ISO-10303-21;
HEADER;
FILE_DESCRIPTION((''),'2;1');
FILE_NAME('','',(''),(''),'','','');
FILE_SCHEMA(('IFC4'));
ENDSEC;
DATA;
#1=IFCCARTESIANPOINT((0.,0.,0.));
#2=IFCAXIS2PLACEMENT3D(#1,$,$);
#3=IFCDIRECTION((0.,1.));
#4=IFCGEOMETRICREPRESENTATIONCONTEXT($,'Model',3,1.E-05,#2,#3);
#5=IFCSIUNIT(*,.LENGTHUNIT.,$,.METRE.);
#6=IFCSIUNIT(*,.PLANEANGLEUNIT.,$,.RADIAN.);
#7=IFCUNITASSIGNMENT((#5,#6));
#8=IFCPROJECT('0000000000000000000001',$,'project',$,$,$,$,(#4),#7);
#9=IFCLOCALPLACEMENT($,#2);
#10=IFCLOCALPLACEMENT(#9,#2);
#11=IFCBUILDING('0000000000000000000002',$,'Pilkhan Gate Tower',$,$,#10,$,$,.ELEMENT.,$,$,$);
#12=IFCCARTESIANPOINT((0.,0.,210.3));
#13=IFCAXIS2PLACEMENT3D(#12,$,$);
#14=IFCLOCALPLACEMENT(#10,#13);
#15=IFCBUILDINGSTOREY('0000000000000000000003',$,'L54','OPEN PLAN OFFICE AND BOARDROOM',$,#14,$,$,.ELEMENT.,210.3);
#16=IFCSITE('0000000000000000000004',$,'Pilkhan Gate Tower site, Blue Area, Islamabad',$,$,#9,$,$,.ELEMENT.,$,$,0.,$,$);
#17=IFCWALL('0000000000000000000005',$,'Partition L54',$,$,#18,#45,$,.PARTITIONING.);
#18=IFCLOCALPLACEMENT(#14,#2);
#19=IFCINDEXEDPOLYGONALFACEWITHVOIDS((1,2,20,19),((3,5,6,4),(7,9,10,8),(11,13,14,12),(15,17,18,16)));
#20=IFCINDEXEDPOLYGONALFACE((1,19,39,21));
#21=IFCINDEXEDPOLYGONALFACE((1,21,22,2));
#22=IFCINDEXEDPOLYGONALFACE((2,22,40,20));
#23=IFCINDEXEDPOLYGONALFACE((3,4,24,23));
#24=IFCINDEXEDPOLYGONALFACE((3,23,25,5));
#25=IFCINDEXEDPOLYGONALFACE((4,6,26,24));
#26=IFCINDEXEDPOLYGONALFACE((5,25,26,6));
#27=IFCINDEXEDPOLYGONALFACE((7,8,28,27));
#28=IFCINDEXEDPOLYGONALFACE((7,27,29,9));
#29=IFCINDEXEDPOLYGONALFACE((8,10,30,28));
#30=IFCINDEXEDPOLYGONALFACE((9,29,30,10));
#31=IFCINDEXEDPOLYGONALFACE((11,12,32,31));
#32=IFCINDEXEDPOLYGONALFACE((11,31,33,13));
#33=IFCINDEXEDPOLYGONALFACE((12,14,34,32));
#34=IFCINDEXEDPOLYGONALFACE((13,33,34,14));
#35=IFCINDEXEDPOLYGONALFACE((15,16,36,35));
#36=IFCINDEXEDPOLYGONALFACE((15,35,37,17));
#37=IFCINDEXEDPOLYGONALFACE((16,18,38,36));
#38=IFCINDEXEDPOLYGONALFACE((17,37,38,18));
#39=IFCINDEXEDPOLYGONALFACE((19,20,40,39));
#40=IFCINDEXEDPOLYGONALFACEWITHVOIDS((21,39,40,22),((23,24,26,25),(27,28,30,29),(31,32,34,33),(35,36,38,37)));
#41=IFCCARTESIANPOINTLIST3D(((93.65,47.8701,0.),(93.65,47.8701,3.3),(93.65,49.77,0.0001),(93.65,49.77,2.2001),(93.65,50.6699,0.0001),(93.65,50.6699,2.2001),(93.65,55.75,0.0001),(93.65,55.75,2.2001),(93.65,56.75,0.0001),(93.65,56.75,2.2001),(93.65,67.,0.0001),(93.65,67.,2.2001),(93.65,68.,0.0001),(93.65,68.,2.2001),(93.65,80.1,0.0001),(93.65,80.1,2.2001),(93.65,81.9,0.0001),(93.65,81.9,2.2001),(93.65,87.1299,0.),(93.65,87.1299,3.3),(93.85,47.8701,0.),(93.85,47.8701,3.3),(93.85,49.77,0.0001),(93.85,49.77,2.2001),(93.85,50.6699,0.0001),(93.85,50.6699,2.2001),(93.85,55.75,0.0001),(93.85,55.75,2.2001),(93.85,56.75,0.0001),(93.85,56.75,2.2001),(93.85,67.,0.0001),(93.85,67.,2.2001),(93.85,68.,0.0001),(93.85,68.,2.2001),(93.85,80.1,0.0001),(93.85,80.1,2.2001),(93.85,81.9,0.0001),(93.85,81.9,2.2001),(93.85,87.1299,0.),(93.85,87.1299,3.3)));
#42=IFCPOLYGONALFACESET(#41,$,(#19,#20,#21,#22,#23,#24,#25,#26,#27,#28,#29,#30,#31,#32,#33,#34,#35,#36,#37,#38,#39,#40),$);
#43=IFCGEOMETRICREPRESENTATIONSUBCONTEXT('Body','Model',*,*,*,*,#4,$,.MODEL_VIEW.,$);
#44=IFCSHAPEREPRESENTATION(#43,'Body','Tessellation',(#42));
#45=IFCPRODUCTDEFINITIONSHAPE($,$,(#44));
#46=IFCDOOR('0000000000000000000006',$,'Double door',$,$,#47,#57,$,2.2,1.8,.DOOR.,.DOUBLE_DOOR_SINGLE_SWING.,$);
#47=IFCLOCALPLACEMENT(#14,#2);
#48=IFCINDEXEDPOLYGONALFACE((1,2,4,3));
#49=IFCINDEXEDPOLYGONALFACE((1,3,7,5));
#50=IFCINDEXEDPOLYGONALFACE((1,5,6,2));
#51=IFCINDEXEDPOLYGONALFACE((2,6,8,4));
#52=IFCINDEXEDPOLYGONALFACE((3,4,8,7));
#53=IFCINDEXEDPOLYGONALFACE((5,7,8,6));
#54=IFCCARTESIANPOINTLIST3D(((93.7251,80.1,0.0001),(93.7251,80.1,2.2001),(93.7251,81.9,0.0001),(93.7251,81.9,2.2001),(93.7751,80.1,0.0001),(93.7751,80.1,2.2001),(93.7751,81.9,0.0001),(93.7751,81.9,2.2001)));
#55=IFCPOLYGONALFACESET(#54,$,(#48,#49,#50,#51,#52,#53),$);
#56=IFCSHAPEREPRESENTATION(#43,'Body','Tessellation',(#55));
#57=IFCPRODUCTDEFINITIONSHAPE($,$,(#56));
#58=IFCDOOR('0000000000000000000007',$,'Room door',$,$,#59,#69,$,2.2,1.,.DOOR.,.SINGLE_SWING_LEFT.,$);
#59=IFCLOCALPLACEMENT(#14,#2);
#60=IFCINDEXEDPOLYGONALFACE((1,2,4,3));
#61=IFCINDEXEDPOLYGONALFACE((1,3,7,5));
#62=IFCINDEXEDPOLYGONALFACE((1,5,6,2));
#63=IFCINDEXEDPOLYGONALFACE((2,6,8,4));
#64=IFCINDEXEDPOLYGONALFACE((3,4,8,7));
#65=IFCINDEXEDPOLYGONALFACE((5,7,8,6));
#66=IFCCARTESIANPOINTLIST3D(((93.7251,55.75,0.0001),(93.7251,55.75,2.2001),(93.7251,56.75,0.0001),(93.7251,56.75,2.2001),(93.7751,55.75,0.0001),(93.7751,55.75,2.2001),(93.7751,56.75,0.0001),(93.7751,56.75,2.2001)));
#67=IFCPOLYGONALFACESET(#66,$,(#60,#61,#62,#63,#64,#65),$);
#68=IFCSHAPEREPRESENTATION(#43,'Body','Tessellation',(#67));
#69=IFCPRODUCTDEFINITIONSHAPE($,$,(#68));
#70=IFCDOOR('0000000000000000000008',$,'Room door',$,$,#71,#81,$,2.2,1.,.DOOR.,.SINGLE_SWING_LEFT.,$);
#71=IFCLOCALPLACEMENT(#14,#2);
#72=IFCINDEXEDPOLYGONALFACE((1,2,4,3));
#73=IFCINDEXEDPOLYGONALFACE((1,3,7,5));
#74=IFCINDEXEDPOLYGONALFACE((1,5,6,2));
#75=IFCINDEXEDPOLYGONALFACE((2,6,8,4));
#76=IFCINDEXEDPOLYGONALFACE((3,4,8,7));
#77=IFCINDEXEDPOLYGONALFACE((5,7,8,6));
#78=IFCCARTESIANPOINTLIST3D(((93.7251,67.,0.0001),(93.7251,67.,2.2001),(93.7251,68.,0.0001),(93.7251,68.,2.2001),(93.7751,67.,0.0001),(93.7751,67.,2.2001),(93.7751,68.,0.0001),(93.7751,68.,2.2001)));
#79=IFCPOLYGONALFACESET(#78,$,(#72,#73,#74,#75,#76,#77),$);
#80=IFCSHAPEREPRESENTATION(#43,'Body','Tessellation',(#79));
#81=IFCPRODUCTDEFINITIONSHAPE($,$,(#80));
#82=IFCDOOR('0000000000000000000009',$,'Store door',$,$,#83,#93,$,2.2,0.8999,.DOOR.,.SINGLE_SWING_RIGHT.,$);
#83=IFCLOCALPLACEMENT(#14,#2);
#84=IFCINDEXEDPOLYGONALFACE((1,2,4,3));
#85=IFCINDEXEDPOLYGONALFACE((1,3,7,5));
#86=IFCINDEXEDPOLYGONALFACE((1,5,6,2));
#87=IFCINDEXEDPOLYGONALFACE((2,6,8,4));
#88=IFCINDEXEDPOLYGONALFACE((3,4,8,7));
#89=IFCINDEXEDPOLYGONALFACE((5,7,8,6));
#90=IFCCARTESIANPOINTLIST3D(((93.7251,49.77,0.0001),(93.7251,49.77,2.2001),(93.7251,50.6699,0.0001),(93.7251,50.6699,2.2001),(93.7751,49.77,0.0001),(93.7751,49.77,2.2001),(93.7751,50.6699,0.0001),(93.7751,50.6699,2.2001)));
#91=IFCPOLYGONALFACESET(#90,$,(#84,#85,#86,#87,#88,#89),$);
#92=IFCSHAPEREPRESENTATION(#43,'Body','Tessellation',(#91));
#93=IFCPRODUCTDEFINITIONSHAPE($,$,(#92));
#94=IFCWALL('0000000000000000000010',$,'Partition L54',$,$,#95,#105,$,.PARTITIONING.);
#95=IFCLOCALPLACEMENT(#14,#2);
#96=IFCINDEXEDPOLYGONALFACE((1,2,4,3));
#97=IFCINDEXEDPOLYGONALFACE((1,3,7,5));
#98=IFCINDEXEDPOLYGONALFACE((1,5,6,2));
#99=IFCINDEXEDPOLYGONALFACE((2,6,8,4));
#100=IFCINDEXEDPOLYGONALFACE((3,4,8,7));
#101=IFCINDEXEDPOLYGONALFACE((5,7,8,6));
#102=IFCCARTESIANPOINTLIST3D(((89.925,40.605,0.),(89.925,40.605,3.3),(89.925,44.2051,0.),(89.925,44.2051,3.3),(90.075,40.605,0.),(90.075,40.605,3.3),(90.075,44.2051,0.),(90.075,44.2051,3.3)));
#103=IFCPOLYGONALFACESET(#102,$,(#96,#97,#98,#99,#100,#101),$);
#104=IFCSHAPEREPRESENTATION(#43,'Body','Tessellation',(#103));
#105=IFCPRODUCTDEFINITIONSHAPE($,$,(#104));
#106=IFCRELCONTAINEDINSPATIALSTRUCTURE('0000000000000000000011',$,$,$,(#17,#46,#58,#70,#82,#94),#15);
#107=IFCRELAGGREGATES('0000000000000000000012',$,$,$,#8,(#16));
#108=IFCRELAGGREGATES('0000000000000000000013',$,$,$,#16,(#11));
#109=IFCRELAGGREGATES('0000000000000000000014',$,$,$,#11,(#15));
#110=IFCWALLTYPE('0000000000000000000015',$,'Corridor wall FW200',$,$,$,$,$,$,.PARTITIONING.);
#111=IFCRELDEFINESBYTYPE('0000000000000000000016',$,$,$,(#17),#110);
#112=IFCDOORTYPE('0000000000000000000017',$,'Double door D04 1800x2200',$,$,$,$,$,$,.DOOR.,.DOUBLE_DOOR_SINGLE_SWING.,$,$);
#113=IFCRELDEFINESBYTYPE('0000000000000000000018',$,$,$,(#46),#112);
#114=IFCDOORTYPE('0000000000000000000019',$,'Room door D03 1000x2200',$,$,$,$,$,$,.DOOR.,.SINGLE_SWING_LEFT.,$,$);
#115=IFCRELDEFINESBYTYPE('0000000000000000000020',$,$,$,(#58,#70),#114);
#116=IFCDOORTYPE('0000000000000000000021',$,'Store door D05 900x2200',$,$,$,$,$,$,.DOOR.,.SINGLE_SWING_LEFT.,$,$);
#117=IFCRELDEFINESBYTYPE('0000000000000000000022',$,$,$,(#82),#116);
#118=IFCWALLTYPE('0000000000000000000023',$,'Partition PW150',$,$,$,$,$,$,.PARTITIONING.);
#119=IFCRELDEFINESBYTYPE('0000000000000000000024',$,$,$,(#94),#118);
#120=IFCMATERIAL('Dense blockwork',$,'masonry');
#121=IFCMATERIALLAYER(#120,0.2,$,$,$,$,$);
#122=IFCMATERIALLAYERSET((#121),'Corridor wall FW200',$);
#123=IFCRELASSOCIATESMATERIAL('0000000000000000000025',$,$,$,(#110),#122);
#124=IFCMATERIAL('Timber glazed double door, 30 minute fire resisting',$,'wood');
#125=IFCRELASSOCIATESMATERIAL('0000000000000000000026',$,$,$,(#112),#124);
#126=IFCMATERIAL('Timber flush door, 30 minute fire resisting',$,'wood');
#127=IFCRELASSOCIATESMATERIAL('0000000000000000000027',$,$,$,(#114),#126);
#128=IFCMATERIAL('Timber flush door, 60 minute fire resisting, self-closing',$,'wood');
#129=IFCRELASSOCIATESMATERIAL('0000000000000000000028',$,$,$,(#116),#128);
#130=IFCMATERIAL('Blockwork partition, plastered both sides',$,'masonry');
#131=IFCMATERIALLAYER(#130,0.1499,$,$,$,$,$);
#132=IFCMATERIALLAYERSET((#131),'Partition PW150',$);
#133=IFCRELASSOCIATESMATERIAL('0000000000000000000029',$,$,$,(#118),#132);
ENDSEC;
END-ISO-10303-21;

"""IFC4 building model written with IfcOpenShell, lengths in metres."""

from ifc_helpers import new_model, si_unit, direction, frame, frame_2d, origin, place, context, subcontext, project, spatial, rectangle, extrude, material, layer, layer_set, type_object, element, fill, save


model = new_model("IFC4")

# Units and contexts
model_context = context("Model", 3, precision=1e-05, world=origin(), true_north=direction((0.0, 1.0)))
body_context = subcontext(model_context, "Body", "Model", "MODEL_VIEW")
ifc_project = project(units=[si_unit("LENGTHUNIT", "METRE"), si_unit("PLANEANGLEUNIT", "RADIAN")], contexts=[model_context])

# Site, building, storey
site_placement = place(None, origin())
site = spatial("IfcSite", under=ifc_project, at=site_placement, Name="Pilkhan Gate Tower site, Blue Area, Islamabad", CompositionType="ELEMENT", RefElevation=0.0)
building_placement = place(site_placement, origin())
building = spatial("IfcBuilding", under=site, at=building_placement, Name="Pilkhan Gate Tower", CompositionType="ELEMENT")
storey_placement = place(building_placement, frame((0.0, 0.0, 210.3)))
storey = spatial("IfcBuildingStorey", under=building, at=storey_placement, Name="L54", Description="OPEN PLAN OFFICE AND BOARDROOM", CompositionType="ELEMENT", Elevation=210.3)

# Shared definitions
ifc_material_1 = material(Name="Dense blockwork", Category="masonry")
ifc_layer_1 = layer(ifc_material_1, 0.2)
ifc_layer_set_1 = layer_set([ifc_layer_1], Name="Corridor wall FW200")
wall_type_1 = type_object("IfcWallType", Name="Corridor wall FW200", PredefinedType="PARTITIONING", material=ifc_layer_set_1)

# Wall, openings, doors
wall_1_placement = place(storey_placement, frame((93.75, 47.8701, 0.0), z_axis=(0.0, 0.0, 1.0), x_axis=(0.0, 1.0, 0.0)))
wall_1 = element("IfcWall", 1, at=wall_1_placement, inside=storey, type_object=wall_type_1, Name="Partition L54", PredefinedType="PARTITIONING", context=body_context, shape_type="SweptSolid", body=[
    extrude(rectangle(XDim=39.2598, YDim=0.2, at=frame_2d((19.6299, 0.0))), origin(), (0.0, 0.0, 1.0), 3.3),
])
opening_1_placement = place(wall_1_placement, frame((1.8999, 0.0, 0.0)))
opening_1 = element("IfcOpeningElement", 2, at=opening_1_placement, cuts=wall_1, PredefinedType="OPENING", context=body_context, shape_type="SweptSolid", body=[
    extrude(rectangle(XDim=0.8999, YDim=2.2, at=frame_2d((0.45, 1.1001))), frame((0.0, 0.1099, 0.0), z_axis=(0.0, -1.0, 0.0), x_axis=(1.0, 0.0, 0.0)), (0.0, 0.0, 1.0), 0.22),
])
opening_2_placement = place(wall_1_placement, frame((7.8799, 0.0, 0.0)))
opening_2 = element("IfcOpeningElement", 3, at=opening_2_placement, cuts=wall_1, PredefinedType="OPENING", context=body_context, shape_type="SweptSolid", body=[
    extrude(rectangle(XDim=1.0, YDim=2.2, at=frame_2d((0.5, 1.1001))), frame((0.0, 0.1099, 0.0), z_axis=(0.0, -1.0, 0.0), x_axis=(1.0, 0.0, 0.0)), (0.0, 0.0, 1.0), 0.22),
])
opening_3_placement = place(wall_1_placement, frame((19.1299, 0.0, 0.0)))
opening_3 = element("IfcOpeningElement", 4, at=opening_3_placement, cuts=wall_1, PredefinedType="OPENING", context=body_context, shape_type="SweptSolid", body=[
    extrude(rectangle(XDim=1.0, YDim=2.2, at=frame_2d((0.5, 1.1001))), frame((0.0, 0.1099, 0.0), z_axis=(0.0, -1.0, 0.0), x_axis=(1.0, 0.0, 0.0)), (0.0, 0.0, 1.0), 0.22),
])
opening_4_placement = place(wall_1_placement, frame((32.23, 0.0, 0.0)))
opening_4 = element("IfcOpeningElement", 5, at=opening_4_placement, cuts=wall_1, PredefinedType="OPENING", context=body_context, shape_type="SweptSolid", body=[
    extrude(rectangle(XDim=1.8, YDim=2.2, at=frame_2d((0.8999, 1.1001))), frame((0.0, 0.1099, 0.0), z_axis=(0.0, -1.0, 0.0), x_axis=(1.0, 0.0, 0.0)), (0.0, 0.0, 1.0), 0.22),
])
ifc_material_2 = material(Name="Timber glazed double door, 30 minute fire resisting", Category="wood")
door_type_1 = type_object("IfcDoorType", Name="Double door D04 1800x2200", OperationType="DOUBLE_DOOR_SINGLE_SWING", PredefinedType="DOOR", material=ifc_material_2)
door_1_placement = place(opening_4_placement, origin())
door_1 = element("IfcDoor", 6, at=door_1_placement, inside=storey, type_object=door_type_1, Name="Double door", OperationType="DOUBLE_DOOR_SINGLE_SWING", OverallHeight=2.2, OverallWidth=1.8, PredefinedType="DOOR", context=body_context, shape_type="SweptSolid", body=[
    extrude(rectangle(XDim=1.8, YDim=2.2, at=frame_2d((0.8999, 1.1001))), frame((0.0, 0.0249, 0.0), z_axis=(0.0, -1.0, 0.0), x_axis=(1.0, 0.0, 0.0)), (0.0, 0.0, 1.0), 0.05),
])
fill(opening_4, door_1)
ifc_material_3 = material(Name="Timber flush door, 30 minute fire resisting", Category="wood")
door_type_2 = type_object("IfcDoorType", Name="Room door D03 1000x2200", OperationType="SINGLE_SWING_LEFT", PredefinedType="DOOR", material=ifc_material_3)
door_2_placement = place(opening_2_placement, origin())
door_2 = element("IfcDoor", 7, at=door_2_placement, inside=storey, type_object=door_type_2, Name="Room door", OperationType="SINGLE_SWING_LEFT", OverallHeight=2.2, OverallWidth=1.0, PredefinedType="DOOR", context=body_context, shape_type="SweptSolid", body=[
    extrude(rectangle(XDim=1.0, YDim=2.2, at=frame_2d((0.5, 1.1001))), frame((0.0, 0.0249, 0.0), z_axis=(0.0, -1.0, 0.0), x_axis=(1.0, 0.0, 0.0)), (0.0, 0.0, 1.0), 0.05),
])
fill(opening_2, door_2)
door_3_placement = place(opening_3_placement, origin())
door_3 = element("IfcDoor", 8, at=door_3_placement, inside=storey, type_object=door_type_2, Name="Room door", OperationType="SINGLE_SWING_LEFT", OverallHeight=2.2, OverallWidth=1.0, PredefinedType="DOOR", context=body_context, shape_type="SweptSolid", body=[
    extrude(rectangle(XDim=1.0, YDim=2.2, at=frame_2d((0.5, 1.1001))), frame((0.0, 0.0249, 0.0), z_axis=(0.0, -1.0, 0.0), x_axis=(1.0, 0.0, 0.0)), (0.0, 0.0, 1.0), 0.05),
])
fill(opening_3, door_3)
ifc_material_4 = material(Name="Timber flush door, 60 minute fire resisting, self-closing", Category="wood")
door_type_3 = type_object("IfcDoorType", Name="Store door D05 900x2200", OperationType="SINGLE_SWING_LEFT", PredefinedType="DOOR", material=ifc_material_4)
door_4_placement = place(opening_1_placement, origin())
door_4 = element("IfcDoor", 9, at=door_4_placement, inside=storey, type_object=door_type_3, Name="Store door", OperationType="SINGLE_SWING_RIGHT", OverallHeight=2.2, OverallWidth=0.8999, PredefinedType="DOOR", context=body_context, shape_type="SweptSolid", body=[
    extrude(rectangle(XDim=0.8999, YDim=2.2, at=frame_2d((0.45, 1.1001))), frame((0.0, 0.0249, 0.0), z_axis=(0.0, -1.0, 0.0), x_axis=(1.0, 0.0, 0.0)), (0.0, 0.0, 1.0), 0.05),
])
fill(opening_1, door_4)

# Wall
ifc_material_5 = material(Name="Blockwork partition, plastered both sides", Category="masonry")
ifc_layer_2 = layer(ifc_material_5, 0.1499)
ifc_layer_set_2 = layer_set([ifc_layer_2], Name="Partition PW150")
wall_type_2 = type_object("IfcWallType", Name="Partition PW150", PredefinedType="PARTITIONING", material=ifc_layer_set_2)
wall_2_placement = place(storey_placement, frame((90.0, 40.605, 0.0), z_axis=(0.0, 0.0, 1.0), x_axis=(0.0, 1.0, 0.0)))
element("IfcWall", 10, at=wall_2_placement, inside=storey, type_object=wall_type_2, Name="Partition L54", PredefinedType="PARTITIONING", context=body_context, shape_type="SweptSolid", body=[
    extrude(rectangle(XDim=3.6001, YDim=0.1499, at=frame_2d((1.8, 0.0))), origin(), (0.0, 0.0, 1.0), 3.3),
])

save(model, "model.ifc")
